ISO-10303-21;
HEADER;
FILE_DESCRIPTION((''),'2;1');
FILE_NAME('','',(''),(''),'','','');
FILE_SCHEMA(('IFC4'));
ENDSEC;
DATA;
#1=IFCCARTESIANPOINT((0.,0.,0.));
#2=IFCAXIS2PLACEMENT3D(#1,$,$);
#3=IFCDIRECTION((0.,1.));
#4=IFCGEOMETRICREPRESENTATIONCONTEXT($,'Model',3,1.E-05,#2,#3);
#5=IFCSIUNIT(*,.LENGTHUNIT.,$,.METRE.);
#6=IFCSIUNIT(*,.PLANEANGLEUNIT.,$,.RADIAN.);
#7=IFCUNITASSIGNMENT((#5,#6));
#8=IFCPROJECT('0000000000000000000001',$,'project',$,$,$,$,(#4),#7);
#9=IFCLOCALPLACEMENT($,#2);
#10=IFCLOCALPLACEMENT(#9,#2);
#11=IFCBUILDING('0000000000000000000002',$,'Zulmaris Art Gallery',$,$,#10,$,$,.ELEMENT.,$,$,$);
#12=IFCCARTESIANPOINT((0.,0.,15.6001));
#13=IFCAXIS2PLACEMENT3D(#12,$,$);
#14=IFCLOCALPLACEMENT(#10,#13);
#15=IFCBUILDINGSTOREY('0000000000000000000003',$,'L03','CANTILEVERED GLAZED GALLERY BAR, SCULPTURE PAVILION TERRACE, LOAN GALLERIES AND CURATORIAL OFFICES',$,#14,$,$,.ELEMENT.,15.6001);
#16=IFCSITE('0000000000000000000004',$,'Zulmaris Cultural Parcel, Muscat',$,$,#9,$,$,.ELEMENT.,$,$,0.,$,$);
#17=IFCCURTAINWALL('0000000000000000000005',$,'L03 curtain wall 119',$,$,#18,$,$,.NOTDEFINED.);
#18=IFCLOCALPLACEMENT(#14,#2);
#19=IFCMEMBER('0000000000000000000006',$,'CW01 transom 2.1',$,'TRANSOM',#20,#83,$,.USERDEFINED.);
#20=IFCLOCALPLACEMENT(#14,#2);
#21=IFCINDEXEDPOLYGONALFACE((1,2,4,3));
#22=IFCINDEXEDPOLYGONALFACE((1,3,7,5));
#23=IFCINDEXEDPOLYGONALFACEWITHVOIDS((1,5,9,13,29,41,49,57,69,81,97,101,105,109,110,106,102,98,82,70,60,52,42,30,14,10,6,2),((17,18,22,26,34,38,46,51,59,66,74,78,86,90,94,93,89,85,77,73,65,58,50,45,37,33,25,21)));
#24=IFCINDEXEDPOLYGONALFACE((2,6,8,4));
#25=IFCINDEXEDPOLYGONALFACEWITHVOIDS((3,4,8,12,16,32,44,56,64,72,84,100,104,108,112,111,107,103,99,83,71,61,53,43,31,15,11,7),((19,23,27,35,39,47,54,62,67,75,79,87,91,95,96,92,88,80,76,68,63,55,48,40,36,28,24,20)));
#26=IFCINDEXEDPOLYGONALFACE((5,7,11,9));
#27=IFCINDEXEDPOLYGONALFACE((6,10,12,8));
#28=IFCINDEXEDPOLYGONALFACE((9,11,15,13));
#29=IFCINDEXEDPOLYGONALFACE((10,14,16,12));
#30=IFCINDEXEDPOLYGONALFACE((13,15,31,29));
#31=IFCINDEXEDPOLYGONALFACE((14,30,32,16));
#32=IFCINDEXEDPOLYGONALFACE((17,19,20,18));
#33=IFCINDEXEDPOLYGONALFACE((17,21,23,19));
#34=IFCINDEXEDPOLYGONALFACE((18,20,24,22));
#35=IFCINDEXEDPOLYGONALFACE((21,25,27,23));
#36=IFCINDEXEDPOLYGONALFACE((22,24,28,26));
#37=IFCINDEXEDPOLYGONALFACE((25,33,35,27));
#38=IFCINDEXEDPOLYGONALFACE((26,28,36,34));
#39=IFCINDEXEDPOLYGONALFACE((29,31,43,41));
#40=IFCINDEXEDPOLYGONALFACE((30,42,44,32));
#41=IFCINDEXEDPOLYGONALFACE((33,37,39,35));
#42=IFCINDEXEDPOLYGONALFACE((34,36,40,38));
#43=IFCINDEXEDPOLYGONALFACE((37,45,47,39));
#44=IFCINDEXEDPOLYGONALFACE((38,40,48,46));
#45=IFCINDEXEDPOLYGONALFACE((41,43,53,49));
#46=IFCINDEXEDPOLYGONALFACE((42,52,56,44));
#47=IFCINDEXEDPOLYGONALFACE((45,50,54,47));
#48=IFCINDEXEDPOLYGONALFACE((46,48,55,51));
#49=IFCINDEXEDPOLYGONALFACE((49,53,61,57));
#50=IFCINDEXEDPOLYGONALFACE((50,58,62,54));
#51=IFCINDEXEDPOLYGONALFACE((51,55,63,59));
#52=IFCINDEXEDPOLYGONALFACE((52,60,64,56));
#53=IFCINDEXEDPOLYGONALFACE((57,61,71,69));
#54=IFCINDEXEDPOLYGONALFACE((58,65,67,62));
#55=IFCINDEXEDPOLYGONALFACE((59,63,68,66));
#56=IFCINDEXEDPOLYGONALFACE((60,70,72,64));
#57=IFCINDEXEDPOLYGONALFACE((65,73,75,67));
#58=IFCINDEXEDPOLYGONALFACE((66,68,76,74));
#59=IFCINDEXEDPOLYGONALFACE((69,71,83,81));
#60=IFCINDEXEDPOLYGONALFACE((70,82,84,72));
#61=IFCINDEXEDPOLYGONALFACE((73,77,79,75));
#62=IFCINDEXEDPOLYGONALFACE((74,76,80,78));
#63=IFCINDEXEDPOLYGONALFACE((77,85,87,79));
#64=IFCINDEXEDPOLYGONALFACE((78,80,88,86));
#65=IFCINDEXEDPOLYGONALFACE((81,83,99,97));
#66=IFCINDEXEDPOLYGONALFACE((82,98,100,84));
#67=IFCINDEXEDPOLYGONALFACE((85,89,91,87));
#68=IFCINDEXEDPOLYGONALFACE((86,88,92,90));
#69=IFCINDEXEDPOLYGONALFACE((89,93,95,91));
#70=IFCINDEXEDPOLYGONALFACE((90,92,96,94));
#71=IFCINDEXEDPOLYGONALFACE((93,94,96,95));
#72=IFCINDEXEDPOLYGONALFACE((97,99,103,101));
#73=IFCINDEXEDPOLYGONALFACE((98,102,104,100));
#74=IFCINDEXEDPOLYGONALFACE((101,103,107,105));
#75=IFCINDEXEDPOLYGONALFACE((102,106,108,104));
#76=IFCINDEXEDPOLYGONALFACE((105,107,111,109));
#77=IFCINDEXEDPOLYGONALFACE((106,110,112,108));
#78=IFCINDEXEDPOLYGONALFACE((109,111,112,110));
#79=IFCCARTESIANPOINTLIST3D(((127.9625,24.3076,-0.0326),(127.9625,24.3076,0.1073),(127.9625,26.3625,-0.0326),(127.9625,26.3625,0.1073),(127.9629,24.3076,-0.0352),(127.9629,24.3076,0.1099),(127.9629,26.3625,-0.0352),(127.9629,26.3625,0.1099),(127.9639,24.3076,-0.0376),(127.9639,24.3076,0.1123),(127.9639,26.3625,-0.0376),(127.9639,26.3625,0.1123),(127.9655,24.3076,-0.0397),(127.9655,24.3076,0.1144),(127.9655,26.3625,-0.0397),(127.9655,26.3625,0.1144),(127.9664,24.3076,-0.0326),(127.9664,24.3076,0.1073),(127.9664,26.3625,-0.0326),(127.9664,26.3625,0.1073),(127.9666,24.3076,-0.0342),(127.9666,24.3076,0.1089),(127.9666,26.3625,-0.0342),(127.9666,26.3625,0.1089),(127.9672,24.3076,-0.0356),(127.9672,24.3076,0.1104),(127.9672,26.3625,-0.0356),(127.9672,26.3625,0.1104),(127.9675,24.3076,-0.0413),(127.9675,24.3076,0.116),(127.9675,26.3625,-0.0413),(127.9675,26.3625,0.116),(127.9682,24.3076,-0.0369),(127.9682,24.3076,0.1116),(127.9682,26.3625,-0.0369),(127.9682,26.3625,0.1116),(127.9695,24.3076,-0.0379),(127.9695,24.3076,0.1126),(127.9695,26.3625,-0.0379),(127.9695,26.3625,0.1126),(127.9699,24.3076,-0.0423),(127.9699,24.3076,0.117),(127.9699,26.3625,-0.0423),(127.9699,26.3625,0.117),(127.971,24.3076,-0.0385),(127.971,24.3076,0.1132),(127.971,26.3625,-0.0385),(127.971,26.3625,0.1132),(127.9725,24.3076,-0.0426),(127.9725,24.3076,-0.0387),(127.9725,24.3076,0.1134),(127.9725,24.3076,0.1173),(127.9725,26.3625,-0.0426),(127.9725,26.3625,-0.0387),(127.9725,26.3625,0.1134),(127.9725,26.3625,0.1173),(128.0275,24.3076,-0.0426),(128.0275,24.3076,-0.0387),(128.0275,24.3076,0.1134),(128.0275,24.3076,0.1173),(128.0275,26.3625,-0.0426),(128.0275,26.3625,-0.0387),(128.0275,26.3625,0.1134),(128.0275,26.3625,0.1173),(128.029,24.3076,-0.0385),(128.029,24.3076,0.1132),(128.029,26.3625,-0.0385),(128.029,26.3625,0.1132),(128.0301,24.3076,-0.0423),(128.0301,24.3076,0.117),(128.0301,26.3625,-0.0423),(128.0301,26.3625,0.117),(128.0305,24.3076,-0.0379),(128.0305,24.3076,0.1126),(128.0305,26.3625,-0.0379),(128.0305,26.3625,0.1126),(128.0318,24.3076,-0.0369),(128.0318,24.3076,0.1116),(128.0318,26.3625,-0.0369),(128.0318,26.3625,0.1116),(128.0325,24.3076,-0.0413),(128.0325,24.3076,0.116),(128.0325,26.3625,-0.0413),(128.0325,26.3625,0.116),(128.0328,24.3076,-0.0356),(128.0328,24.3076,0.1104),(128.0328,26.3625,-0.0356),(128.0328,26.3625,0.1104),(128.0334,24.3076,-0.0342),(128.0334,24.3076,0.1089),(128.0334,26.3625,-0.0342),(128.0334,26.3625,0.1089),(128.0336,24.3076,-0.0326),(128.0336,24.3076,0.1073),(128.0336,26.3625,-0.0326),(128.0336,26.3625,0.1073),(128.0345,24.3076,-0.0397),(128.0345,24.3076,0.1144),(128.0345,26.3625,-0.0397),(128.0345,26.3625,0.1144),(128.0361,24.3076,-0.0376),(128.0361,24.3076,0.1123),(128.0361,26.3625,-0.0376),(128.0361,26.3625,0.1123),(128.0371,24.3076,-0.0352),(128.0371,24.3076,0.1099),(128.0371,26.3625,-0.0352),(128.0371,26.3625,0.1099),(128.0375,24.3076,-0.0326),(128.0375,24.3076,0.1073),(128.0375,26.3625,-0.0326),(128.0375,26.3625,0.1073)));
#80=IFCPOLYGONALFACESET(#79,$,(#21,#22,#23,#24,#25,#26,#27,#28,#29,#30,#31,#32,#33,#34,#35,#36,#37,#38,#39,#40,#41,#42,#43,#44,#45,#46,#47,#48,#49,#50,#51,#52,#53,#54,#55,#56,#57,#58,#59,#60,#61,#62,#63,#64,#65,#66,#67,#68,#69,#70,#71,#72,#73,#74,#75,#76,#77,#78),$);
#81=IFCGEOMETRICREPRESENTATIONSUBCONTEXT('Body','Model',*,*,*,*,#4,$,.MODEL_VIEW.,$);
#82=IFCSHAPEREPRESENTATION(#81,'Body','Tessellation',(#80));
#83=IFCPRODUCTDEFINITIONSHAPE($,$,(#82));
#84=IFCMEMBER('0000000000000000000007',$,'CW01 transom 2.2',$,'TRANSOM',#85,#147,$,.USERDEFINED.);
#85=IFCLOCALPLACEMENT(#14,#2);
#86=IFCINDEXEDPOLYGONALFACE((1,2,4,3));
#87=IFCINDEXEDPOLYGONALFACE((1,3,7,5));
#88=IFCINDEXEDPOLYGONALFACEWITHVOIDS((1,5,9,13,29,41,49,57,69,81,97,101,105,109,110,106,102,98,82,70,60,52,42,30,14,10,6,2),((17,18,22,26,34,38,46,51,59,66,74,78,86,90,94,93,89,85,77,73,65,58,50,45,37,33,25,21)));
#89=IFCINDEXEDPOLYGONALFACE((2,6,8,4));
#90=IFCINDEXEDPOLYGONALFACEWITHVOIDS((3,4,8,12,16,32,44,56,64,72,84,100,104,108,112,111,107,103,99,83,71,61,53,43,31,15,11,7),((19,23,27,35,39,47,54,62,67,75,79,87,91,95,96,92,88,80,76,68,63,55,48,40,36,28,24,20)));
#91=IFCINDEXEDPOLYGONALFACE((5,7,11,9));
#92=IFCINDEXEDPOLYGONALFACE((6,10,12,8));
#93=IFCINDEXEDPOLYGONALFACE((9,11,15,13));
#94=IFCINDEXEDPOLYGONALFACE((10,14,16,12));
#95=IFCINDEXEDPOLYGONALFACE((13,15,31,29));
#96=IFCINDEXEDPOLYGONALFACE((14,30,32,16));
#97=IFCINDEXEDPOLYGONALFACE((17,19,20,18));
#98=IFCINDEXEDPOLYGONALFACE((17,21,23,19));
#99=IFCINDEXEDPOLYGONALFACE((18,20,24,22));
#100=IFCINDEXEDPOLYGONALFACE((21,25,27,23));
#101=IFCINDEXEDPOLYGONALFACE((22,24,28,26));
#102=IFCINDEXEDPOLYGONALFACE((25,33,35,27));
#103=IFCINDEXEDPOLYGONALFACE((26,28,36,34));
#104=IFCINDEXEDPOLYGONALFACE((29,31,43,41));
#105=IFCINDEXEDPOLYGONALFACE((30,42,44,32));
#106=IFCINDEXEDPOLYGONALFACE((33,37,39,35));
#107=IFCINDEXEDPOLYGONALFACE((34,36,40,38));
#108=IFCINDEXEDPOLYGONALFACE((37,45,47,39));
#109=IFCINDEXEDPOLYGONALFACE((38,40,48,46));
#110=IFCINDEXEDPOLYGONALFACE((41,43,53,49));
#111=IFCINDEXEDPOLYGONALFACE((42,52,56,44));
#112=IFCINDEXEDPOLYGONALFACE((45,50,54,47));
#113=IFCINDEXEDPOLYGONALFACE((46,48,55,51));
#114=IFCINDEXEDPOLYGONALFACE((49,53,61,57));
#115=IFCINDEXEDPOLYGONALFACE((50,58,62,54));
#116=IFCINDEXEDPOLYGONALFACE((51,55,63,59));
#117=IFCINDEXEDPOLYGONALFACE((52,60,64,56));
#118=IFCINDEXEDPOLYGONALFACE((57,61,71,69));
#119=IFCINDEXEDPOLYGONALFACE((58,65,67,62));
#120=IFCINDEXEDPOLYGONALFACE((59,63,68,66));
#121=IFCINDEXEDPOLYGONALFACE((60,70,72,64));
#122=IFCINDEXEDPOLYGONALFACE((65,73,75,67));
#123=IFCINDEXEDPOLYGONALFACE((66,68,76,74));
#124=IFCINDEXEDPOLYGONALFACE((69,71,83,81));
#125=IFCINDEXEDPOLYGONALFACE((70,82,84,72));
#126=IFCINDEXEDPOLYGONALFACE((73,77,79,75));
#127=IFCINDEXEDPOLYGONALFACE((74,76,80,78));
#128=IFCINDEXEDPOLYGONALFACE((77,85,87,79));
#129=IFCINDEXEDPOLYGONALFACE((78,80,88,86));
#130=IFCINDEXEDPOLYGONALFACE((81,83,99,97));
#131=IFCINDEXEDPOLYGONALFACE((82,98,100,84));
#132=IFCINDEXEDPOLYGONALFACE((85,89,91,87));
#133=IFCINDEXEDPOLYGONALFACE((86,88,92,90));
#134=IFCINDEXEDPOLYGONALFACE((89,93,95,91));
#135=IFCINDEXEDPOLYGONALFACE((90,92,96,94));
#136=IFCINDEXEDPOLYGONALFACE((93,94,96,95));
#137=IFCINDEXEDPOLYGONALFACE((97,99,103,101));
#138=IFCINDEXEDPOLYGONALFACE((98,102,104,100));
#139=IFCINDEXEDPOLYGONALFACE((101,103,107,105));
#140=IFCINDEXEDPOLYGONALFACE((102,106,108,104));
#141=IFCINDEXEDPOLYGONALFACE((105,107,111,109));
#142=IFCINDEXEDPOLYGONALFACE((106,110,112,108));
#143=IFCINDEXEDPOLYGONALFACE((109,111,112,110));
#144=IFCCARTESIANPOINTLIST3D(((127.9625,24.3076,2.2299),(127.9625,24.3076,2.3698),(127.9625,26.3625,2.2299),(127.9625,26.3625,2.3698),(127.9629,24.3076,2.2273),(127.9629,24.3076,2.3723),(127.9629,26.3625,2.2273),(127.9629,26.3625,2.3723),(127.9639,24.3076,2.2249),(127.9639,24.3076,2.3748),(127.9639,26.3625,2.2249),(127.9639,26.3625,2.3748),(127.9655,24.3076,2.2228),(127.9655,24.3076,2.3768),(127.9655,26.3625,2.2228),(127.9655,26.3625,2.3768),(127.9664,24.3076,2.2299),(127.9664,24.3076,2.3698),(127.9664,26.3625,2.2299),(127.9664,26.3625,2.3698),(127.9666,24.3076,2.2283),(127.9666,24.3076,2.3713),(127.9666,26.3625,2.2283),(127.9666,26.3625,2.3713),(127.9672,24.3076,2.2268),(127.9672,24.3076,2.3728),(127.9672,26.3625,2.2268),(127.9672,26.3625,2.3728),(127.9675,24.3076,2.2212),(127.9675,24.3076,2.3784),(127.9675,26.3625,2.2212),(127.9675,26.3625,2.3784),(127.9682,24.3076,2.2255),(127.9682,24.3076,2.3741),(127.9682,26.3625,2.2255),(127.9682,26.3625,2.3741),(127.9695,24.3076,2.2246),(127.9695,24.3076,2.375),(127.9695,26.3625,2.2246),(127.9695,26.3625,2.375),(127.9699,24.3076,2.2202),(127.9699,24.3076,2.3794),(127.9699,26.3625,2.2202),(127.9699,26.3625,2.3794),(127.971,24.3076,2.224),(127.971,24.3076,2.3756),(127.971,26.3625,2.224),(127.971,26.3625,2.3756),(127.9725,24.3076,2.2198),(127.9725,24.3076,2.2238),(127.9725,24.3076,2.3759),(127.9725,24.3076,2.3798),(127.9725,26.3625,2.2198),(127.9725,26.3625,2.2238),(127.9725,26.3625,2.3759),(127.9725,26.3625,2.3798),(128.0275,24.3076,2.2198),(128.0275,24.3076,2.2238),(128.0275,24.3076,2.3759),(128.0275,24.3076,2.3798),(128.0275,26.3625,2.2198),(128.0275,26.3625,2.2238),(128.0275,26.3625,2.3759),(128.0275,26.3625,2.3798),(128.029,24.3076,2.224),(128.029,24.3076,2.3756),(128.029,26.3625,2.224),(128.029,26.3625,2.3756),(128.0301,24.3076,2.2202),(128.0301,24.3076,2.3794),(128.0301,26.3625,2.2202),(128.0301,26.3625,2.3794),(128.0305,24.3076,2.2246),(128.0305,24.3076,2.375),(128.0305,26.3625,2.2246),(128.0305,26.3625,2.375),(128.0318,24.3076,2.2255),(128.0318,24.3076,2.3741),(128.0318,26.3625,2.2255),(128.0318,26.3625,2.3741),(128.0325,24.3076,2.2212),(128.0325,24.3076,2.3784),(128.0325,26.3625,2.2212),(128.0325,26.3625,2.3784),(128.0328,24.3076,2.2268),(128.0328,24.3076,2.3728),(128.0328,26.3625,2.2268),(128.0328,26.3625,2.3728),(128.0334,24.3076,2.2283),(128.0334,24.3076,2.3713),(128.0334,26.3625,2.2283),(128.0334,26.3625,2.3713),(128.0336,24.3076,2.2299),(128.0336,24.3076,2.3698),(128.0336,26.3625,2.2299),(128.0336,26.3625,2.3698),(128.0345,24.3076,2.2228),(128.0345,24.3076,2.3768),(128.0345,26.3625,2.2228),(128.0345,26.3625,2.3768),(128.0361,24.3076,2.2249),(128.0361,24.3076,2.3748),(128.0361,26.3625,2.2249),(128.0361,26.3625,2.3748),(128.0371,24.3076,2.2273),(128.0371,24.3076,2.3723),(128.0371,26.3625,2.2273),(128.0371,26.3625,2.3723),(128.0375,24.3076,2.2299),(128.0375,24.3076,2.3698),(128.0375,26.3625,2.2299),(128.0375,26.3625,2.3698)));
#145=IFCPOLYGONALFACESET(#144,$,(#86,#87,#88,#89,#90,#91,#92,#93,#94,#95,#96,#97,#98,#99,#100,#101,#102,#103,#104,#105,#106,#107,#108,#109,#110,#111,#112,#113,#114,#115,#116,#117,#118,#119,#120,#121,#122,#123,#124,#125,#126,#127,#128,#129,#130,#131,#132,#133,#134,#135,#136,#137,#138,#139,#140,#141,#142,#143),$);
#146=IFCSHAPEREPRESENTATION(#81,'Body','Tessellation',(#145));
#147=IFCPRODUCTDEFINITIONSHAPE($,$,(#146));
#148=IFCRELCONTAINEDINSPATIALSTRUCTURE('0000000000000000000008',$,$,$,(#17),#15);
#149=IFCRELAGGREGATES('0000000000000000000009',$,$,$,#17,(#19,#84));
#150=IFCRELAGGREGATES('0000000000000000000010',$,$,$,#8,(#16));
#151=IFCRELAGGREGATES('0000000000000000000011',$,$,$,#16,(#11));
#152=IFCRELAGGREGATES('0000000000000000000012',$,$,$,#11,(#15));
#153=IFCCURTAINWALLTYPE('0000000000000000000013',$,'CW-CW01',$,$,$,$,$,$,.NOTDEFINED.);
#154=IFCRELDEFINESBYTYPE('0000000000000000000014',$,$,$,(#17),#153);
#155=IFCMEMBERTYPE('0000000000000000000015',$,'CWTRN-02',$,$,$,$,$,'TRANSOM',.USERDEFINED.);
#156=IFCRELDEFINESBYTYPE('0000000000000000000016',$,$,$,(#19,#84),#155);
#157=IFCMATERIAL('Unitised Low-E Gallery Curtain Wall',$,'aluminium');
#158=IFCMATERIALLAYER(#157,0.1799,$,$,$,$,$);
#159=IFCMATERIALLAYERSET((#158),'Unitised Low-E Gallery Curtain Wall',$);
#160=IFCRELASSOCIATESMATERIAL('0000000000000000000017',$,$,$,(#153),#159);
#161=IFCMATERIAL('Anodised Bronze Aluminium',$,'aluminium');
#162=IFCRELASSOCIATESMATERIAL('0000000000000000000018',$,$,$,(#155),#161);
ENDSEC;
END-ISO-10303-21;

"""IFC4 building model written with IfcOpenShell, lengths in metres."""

from ifc_helpers import new_model, si_unit, direction, frame, origin, origin_2d, place, context, subcontext, project, spatial, hollow_rectangle, extrude, material, layer, layer_set, material_profile, profile_set, type_object, element, aggregate, save


model = new_model("IFC4")

# Units and contexts
model_context = context("Model", 3, precision=1e-05, world=origin(), true_north=direction((0.0, 1.0)))
body_context = subcontext(model_context, "Body", "Model", "MODEL_VIEW")
ifc_project = project(units=[si_unit("LENGTHUNIT", "METRE"), si_unit("PLANEANGLEUNIT", "RADIAN")], contexts=[model_context])

# Site, building, storey
site_placement = place(None, origin())
site = spatial("IfcSite", under=ifc_project, at=site_placement, Name="Zulmaris Cultural Parcel, Muscat", CompositionType="ELEMENT", RefElevation=0.0)
building_placement = place(site_placement, origin())
building = spatial("IfcBuilding", under=site, at=building_placement, Name="Zulmaris Art Gallery", CompositionType="ELEMENT")
storey_placement = place(building_placement, frame((0.0, 0.0, 15.6001)))
storey = spatial("IfcBuildingStorey", under=building, at=storey_placement, Name="L03", Description="CANTILEVERED GLAZED GALLERY BAR, SCULPTURE PAVILION TERRACE, LOAN GALLERIES AND CURATORIAL OFFICES", CompositionType="ELEMENT", Elevation=15.6001)

# Curtain wall, members
ifc_material_1 = material(Name="Unitised Low-E Gallery Curtain Wall", Category="aluminium")
ifc_layer_1 = layer(ifc_material_1, 0.1799)
ifc_layer_set_1 = layer_set([ifc_layer_1], Name="Unitised Low-E Gallery Curtain Wall")
curtain_wall_type = type_object("IfcCurtainWallType", Name="CW-CW01", PredefinedType="NOTDEFINED", material=ifc_layer_set_1)
curtain_wall_placement = place(storey_placement, origin())
curtain_wall = element("IfcCurtainWall", 1, at=curtain_wall_placement, inside=storey, type_object=curtain_wall_type, Name="L03 curtain wall 119", PredefinedType="NOTDEFINED")
ifc_material_2 = material(Name="Anodised Bronze Aluminium", Category="aluminium")
ifc_material_profile_1 = material_profile(ifc_material_2, hollow_rectangle(XDim=0.075, YDim=0.1599, WallThickness=0.0039, InnerFilletRadius=0.0061, OuterFilletRadius=0.01, at=origin_2d()), Name="ALU 75x160x4")
ifc_profile_set_1 = profile_set([ifc_material_profile_1], Name="Anodised Bronze Aluminium")
member_type_1 = type_object("IfcMemberType", Name="CWTRN-02", ElementType="TRANSOM", PredefinedType="USERDEFINED", material=ifc_profile_set_1)
member_1_placement = place(storey_placement, frame((128.0, 24.3076, 0.0374), z_axis=(0.0, 1.0, 0.0), x_axis=(-1.0, 0.0, 0.0)))
member_1 = element("IfcMember", 2, at=member_1_placement, type_object=member_type_1, Name="CW01 transom 2.1", ObjectType="TRANSOM", PredefinedType="USERDEFINED", context=body_context, shape_type="SweptSolid", body=[
    extrude(hollow_rectangle(XDim=0.075, YDim=0.1599, WallThickness=0.0039, InnerFilletRadius=0.0061, OuterFilletRadius=0.01, at=origin_2d()), origin(), (0.0, 0.0, 1.0), 2.0549),
])
member_2_placement = place(storey_placement, frame((128.0, 24.3076, 2.2998), z_axis=(0.0, 1.0, 0.0), x_axis=(-1.0, 0.0, 0.0)))
member_2 = element("IfcMember", 3, at=member_2_placement, type_object=member_type_1, Name="CW01 transom 2.2", ObjectType="TRANSOM", PredefinedType="USERDEFINED", context=body_context, shape_type="SweptSolid", body=[
    extrude(hollow_rectangle(XDim=0.075, YDim=0.1599, WallThickness=0.0039, InnerFilletRadius=0.0061, OuterFilletRadius=0.01, at=origin_2d()), origin(), (0.0, 0.0, 1.0), 2.0549),
])
aggregate(curtain_wall, [member_1, member_2])

save(model, "model.ifc")
